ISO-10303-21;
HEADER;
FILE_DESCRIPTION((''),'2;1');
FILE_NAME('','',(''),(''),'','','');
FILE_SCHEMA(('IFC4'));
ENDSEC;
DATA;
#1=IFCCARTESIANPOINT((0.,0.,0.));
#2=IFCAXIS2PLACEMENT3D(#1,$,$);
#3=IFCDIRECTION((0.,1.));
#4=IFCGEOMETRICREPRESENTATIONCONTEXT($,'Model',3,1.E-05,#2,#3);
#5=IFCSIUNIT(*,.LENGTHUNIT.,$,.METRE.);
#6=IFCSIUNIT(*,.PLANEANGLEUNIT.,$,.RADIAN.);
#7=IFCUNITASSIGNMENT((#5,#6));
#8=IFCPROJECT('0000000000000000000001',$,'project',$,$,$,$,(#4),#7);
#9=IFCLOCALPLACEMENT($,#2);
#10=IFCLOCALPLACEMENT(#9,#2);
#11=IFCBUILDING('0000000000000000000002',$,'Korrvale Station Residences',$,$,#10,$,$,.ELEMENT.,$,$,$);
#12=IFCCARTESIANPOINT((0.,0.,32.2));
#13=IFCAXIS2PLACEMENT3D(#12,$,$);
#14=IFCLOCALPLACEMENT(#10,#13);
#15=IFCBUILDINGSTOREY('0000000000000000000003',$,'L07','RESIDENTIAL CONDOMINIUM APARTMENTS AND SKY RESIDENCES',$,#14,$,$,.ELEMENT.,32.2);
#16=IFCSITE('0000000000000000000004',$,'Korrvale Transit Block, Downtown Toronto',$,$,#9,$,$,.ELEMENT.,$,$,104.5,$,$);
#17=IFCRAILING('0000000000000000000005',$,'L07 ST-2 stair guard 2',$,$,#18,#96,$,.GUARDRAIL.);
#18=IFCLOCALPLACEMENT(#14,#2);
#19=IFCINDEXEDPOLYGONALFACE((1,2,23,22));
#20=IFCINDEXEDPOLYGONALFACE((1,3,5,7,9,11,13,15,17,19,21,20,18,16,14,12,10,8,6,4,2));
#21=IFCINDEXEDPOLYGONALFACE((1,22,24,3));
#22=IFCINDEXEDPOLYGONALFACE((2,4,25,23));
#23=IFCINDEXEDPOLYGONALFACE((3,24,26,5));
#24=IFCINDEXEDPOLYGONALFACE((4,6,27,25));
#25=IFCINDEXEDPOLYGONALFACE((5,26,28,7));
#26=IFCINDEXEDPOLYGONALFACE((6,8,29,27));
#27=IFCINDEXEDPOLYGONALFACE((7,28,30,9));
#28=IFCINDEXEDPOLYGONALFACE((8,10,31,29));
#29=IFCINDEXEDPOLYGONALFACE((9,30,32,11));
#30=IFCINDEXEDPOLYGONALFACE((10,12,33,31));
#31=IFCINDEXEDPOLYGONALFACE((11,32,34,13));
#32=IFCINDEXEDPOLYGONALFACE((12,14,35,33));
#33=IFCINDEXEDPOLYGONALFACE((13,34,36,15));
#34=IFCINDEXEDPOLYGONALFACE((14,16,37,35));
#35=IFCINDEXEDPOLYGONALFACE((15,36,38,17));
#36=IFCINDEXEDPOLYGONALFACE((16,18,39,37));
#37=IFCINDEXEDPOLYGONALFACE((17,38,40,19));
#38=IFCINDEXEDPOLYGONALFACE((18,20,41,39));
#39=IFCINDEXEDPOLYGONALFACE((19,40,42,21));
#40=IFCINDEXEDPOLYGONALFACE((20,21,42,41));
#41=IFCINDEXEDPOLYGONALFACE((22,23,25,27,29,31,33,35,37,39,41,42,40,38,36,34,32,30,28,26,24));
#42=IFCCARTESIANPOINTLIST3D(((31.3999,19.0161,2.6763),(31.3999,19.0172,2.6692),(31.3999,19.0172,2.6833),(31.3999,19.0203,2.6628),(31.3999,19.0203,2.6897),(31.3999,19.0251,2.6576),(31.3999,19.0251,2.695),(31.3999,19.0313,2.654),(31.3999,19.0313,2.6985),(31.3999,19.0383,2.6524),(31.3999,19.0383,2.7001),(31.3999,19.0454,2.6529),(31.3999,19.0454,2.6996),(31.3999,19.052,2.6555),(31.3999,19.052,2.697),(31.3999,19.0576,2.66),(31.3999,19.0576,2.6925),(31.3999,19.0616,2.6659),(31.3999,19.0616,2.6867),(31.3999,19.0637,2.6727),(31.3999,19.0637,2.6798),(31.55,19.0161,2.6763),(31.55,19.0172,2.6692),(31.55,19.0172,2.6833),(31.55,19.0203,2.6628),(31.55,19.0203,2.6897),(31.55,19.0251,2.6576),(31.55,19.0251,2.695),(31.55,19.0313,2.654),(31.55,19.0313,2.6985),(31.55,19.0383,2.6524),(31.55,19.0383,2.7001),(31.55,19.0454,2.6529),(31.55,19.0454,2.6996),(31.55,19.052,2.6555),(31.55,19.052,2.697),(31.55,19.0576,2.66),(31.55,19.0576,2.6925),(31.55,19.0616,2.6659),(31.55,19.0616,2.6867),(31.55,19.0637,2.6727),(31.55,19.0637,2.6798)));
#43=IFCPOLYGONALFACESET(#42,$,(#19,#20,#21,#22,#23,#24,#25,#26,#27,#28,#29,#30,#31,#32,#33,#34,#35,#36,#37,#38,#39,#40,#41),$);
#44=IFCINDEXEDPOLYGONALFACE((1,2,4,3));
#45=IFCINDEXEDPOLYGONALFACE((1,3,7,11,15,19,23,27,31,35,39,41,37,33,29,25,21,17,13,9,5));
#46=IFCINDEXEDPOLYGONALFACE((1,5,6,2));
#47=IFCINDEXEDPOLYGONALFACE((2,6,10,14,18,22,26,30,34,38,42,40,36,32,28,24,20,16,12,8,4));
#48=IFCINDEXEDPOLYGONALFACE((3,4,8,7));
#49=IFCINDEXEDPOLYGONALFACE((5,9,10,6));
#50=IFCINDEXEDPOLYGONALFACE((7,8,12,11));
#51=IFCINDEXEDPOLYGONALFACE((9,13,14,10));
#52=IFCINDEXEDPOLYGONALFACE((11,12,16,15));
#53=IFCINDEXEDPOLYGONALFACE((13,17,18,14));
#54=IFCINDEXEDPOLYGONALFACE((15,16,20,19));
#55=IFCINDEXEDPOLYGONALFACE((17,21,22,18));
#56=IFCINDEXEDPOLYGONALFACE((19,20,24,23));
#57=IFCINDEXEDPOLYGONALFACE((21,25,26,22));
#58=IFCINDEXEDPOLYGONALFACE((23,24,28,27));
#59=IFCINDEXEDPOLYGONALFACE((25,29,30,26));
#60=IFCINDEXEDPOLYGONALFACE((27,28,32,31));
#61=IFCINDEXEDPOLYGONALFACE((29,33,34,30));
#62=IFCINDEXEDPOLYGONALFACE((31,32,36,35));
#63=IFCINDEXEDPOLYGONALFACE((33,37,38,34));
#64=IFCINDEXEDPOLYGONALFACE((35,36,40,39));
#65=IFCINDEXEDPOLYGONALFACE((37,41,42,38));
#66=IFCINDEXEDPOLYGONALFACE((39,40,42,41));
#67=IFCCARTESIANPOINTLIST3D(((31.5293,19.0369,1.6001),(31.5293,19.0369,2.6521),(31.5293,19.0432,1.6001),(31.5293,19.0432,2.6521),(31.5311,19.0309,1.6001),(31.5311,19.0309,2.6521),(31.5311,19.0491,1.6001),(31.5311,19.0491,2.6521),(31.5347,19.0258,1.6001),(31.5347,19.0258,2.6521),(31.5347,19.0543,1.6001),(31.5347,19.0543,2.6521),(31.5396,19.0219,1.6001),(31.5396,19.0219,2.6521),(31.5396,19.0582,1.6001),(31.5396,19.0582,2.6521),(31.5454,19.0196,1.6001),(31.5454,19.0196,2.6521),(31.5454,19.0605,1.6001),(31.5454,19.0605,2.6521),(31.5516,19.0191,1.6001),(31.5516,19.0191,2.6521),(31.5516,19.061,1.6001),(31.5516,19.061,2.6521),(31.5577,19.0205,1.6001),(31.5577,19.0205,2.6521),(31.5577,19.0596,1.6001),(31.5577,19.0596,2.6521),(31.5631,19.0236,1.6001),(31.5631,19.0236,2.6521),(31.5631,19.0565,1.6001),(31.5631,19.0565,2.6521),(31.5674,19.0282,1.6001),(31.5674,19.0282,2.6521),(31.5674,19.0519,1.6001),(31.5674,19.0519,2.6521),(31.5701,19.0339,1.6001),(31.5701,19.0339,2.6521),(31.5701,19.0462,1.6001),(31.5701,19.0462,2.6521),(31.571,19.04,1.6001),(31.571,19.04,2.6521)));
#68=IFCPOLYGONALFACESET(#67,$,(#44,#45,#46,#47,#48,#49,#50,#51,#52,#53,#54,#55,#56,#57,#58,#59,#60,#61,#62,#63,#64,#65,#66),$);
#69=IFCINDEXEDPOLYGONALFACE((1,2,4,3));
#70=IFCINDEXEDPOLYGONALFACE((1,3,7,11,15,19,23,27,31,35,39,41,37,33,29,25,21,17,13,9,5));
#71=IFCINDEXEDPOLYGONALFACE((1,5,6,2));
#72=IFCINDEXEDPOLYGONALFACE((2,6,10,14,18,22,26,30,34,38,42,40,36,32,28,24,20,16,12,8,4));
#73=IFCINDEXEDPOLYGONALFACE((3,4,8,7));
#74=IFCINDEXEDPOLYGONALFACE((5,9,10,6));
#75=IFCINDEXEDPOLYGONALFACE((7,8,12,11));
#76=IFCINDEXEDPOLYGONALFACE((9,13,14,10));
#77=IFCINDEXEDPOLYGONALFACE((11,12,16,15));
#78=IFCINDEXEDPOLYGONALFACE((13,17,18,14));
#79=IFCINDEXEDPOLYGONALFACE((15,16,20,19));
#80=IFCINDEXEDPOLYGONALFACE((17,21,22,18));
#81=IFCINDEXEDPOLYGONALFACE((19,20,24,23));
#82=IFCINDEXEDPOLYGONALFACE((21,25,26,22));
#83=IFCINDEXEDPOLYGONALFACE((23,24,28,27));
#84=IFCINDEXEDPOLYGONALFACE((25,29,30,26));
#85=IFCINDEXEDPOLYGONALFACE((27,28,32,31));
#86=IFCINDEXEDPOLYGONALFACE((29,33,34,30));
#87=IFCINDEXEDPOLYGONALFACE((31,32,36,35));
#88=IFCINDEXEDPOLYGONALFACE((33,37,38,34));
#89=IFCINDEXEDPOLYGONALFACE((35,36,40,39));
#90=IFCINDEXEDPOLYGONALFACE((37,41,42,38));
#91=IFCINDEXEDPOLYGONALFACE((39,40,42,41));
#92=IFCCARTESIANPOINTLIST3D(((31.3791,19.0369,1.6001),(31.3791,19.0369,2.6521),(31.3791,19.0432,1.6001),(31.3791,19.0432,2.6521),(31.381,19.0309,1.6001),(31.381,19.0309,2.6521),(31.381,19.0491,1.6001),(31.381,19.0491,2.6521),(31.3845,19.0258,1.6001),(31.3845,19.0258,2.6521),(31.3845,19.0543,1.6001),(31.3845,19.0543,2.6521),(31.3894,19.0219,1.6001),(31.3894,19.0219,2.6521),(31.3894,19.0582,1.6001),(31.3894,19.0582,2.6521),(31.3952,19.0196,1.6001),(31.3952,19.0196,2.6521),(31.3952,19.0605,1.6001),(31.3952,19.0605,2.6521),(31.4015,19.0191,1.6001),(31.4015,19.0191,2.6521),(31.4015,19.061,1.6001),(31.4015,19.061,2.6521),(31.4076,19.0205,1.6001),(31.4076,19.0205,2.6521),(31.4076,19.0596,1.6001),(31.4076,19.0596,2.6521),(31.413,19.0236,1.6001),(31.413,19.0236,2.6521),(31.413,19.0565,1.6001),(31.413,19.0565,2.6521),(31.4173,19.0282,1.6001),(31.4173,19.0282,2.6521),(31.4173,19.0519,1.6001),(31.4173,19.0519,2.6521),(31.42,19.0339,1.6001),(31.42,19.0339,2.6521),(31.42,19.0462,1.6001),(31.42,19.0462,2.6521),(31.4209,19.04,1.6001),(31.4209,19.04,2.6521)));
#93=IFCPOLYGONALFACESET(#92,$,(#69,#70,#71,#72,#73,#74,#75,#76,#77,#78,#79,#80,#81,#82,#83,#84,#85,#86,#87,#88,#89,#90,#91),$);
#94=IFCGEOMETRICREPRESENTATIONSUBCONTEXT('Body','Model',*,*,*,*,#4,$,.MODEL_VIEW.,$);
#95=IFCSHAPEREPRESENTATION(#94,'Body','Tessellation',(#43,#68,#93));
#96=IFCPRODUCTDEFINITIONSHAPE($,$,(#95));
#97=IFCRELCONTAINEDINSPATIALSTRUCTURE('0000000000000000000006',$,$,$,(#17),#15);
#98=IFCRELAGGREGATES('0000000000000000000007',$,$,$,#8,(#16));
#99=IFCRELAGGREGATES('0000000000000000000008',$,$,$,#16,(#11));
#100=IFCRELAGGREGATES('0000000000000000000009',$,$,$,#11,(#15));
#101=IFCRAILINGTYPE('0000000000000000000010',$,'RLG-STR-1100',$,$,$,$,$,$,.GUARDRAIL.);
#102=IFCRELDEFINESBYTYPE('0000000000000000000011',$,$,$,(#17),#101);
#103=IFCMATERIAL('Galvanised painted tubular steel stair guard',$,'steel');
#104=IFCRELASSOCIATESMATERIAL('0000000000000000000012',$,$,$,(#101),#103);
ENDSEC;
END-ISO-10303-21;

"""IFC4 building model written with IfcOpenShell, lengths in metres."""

from ifc_helpers import new_model, si_unit, direction, frame, origin, origin_2d, place, context, subcontext, project, spatial, circle, extrude, material, type_object, element, save


model = new_model("IFC4")

# Units and contexts
model_context = context("Model", 3, precision=1e-05, world=origin(), true_north=direction((0.0, 1.0)))
body_context = subcontext(model_context, "Body", "Model", "MODEL_VIEW")
ifc_project = project(units=[si_unit("LENGTHUNIT", "METRE"), si_unit("PLANEANGLEUNIT", "RADIAN")], contexts=[model_context])

# Site, building, storey
site_placement = place(None, origin())
site = spatial("IfcSite", under=ifc_project, at=site_placement, Name="Korrvale Transit Block, Downtown Toronto", CompositionType="ELEMENT", RefElevation=104.5)
building_placement = place(site_placement, origin())
building = spatial("IfcBuilding", under=site, at=building_placement, Name="Korrvale Station Residences", CompositionType="ELEMENT")
storey_placement = place(building_placement, frame((0.0, 0.0, 32.2)))
storey = spatial("IfcBuildingStorey", under=building, at=storey_placement, Name="L07", Description="RESIDENTIAL CONDOMINIUM APARTMENTS AND SKY RESIDENCES", CompositionType="ELEMENT", Elevation=32.2)

# Railing
ifc_material_1 = material(Name="Galvanised painted tubular steel stair guard", Category="steel")
railing_type_1 = type_object("IfcRailingType", Name="RLG-STR-1100", PredefinedType="GUARDRAIL", material=ifc_material_1)
railing_1_placement = place(storey_placement, frame((31.55, 19.04, 1.6001)))
element("IfcRailing", 1, at=railing_1_placement, inside=storey, type_object=railing_type_1, Name="L07 ST-2 stair guard 2", PredefinedType="GUARDRAIL", context=body_context, shape_type="SweptSolid", body=[
    extrude(circle(Radius=0.0239, at=origin_2d()), frame((0.0, 0.0, 1.0762), z_axis=(-1.0, 0.0, 0.0), x_axis=(0.0, -1.0, 0.0)), (0.0, 0.0, 1.0), 0.1501),
    extrude(circle(Radius=0.021, at=origin_2d()), origin(), (0.0, 0.0, 1.0), 1.052),
    extrude(circle(Radius=0.021, at=origin_2d()), frame((-0.1501, 0.0, 0.0)), (0.0, 0.0, 1.0), 1.052),
])

save(model, "model.ifc")
